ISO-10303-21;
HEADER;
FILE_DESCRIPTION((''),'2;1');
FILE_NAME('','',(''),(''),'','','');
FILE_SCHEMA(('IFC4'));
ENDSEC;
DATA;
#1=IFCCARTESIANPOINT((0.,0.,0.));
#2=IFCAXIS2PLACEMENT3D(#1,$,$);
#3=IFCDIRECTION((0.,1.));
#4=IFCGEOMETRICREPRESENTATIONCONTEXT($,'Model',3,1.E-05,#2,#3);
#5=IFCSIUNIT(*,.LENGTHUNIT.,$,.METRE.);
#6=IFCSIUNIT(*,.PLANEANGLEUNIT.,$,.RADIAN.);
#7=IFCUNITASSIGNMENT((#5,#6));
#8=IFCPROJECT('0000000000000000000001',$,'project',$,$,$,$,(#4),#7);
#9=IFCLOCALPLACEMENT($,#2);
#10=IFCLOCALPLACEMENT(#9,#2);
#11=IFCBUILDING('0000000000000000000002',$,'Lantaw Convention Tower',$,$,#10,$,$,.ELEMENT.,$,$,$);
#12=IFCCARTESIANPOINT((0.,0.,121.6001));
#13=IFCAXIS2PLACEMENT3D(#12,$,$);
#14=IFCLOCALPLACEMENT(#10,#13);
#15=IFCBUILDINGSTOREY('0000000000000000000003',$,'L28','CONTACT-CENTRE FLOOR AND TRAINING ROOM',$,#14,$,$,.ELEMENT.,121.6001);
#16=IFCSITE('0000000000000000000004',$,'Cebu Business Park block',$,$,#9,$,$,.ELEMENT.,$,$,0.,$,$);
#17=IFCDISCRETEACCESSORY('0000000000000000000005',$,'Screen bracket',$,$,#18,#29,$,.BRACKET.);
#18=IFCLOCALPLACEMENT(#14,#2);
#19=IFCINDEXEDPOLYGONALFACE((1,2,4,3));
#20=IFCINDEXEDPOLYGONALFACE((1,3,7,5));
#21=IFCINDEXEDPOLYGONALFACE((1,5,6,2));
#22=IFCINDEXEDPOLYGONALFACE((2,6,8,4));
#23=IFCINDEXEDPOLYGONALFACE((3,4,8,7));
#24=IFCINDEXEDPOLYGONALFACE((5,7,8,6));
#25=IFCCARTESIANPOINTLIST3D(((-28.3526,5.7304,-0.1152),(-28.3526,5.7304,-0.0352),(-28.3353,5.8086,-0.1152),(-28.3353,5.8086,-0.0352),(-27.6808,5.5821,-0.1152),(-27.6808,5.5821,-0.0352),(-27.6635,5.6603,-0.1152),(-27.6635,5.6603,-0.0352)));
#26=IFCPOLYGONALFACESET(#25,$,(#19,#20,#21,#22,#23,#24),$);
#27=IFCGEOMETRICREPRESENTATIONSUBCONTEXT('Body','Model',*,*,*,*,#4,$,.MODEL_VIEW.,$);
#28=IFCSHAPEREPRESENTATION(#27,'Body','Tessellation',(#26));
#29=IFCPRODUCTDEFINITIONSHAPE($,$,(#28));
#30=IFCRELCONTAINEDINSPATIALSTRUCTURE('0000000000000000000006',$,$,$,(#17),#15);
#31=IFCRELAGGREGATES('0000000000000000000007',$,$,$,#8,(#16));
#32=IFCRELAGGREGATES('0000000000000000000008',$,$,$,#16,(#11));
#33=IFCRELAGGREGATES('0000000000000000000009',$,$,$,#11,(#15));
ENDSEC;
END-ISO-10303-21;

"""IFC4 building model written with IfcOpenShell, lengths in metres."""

from ifc_helpers import new_model, si_unit, direction, frame, origin, origin_2d, place, context, subcontext, project, spatial, rectangle, extrude, element, save


model = new_model("IFC4")

# Units and contexts
model_context = context("Model", 3, precision=1e-05, world=origin(), true_north=direction((0.0, 1.0)))
body_context = subcontext(model_context, "Body", "Model", "MODEL_VIEW")
ifc_project = project(units=[si_unit("LENGTHUNIT", "METRE"), si_unit("PLANEANGLEUNIT", "RADIAN")], contexts=[model_context])

# Site, building, storey
site_placement = place(None, origin())
site = spatial("IfcSite", under=ifc_project, at=site_placement, Name="Cebu Business Park block", CompositionType="ELEMENT", RefElevation=0.0)
building_placement = place(site_placement, origin())
building = spatial("IfcBuilding", under=site, at=building_placement, Name="Lantaw Convention Tower", CompositionType="ELEMENT")
storey_placement = place(building_placement, frame((0.0, 0.0, 121.6001)))
storey = spatial("IfcBuildingStorey", under=building, at=storey_placement, Name="L28", Description="CONTACT-CENTRE FLOOR AND TRAINING ROOM", CompositionType="ELEMENT", Elevation=121.6001)

# Discrete accessory
discrete_accessory_placement = place(storey_placement, frame((-28.0081, 5.6953, -0.1152), z_axis=(0.0, 0.0, 1.0), x_axis=(-0.215546, -0.976494, 0.0)))
element("IfcDiscreteAccessory", 1, at=discrete_accessory_placement, inside=storey, Name="Screen bracket", PredefinedType="BRACKET", context=body_context, shape_type="SweptSolid", body=[
    extrude(rectangle(XDim=0.0801, YDim=0.688, at=origin_2d()), origin(), (0.0, 0.0, 1.0), 0.0801),
])

save(model, "model.ifc")
